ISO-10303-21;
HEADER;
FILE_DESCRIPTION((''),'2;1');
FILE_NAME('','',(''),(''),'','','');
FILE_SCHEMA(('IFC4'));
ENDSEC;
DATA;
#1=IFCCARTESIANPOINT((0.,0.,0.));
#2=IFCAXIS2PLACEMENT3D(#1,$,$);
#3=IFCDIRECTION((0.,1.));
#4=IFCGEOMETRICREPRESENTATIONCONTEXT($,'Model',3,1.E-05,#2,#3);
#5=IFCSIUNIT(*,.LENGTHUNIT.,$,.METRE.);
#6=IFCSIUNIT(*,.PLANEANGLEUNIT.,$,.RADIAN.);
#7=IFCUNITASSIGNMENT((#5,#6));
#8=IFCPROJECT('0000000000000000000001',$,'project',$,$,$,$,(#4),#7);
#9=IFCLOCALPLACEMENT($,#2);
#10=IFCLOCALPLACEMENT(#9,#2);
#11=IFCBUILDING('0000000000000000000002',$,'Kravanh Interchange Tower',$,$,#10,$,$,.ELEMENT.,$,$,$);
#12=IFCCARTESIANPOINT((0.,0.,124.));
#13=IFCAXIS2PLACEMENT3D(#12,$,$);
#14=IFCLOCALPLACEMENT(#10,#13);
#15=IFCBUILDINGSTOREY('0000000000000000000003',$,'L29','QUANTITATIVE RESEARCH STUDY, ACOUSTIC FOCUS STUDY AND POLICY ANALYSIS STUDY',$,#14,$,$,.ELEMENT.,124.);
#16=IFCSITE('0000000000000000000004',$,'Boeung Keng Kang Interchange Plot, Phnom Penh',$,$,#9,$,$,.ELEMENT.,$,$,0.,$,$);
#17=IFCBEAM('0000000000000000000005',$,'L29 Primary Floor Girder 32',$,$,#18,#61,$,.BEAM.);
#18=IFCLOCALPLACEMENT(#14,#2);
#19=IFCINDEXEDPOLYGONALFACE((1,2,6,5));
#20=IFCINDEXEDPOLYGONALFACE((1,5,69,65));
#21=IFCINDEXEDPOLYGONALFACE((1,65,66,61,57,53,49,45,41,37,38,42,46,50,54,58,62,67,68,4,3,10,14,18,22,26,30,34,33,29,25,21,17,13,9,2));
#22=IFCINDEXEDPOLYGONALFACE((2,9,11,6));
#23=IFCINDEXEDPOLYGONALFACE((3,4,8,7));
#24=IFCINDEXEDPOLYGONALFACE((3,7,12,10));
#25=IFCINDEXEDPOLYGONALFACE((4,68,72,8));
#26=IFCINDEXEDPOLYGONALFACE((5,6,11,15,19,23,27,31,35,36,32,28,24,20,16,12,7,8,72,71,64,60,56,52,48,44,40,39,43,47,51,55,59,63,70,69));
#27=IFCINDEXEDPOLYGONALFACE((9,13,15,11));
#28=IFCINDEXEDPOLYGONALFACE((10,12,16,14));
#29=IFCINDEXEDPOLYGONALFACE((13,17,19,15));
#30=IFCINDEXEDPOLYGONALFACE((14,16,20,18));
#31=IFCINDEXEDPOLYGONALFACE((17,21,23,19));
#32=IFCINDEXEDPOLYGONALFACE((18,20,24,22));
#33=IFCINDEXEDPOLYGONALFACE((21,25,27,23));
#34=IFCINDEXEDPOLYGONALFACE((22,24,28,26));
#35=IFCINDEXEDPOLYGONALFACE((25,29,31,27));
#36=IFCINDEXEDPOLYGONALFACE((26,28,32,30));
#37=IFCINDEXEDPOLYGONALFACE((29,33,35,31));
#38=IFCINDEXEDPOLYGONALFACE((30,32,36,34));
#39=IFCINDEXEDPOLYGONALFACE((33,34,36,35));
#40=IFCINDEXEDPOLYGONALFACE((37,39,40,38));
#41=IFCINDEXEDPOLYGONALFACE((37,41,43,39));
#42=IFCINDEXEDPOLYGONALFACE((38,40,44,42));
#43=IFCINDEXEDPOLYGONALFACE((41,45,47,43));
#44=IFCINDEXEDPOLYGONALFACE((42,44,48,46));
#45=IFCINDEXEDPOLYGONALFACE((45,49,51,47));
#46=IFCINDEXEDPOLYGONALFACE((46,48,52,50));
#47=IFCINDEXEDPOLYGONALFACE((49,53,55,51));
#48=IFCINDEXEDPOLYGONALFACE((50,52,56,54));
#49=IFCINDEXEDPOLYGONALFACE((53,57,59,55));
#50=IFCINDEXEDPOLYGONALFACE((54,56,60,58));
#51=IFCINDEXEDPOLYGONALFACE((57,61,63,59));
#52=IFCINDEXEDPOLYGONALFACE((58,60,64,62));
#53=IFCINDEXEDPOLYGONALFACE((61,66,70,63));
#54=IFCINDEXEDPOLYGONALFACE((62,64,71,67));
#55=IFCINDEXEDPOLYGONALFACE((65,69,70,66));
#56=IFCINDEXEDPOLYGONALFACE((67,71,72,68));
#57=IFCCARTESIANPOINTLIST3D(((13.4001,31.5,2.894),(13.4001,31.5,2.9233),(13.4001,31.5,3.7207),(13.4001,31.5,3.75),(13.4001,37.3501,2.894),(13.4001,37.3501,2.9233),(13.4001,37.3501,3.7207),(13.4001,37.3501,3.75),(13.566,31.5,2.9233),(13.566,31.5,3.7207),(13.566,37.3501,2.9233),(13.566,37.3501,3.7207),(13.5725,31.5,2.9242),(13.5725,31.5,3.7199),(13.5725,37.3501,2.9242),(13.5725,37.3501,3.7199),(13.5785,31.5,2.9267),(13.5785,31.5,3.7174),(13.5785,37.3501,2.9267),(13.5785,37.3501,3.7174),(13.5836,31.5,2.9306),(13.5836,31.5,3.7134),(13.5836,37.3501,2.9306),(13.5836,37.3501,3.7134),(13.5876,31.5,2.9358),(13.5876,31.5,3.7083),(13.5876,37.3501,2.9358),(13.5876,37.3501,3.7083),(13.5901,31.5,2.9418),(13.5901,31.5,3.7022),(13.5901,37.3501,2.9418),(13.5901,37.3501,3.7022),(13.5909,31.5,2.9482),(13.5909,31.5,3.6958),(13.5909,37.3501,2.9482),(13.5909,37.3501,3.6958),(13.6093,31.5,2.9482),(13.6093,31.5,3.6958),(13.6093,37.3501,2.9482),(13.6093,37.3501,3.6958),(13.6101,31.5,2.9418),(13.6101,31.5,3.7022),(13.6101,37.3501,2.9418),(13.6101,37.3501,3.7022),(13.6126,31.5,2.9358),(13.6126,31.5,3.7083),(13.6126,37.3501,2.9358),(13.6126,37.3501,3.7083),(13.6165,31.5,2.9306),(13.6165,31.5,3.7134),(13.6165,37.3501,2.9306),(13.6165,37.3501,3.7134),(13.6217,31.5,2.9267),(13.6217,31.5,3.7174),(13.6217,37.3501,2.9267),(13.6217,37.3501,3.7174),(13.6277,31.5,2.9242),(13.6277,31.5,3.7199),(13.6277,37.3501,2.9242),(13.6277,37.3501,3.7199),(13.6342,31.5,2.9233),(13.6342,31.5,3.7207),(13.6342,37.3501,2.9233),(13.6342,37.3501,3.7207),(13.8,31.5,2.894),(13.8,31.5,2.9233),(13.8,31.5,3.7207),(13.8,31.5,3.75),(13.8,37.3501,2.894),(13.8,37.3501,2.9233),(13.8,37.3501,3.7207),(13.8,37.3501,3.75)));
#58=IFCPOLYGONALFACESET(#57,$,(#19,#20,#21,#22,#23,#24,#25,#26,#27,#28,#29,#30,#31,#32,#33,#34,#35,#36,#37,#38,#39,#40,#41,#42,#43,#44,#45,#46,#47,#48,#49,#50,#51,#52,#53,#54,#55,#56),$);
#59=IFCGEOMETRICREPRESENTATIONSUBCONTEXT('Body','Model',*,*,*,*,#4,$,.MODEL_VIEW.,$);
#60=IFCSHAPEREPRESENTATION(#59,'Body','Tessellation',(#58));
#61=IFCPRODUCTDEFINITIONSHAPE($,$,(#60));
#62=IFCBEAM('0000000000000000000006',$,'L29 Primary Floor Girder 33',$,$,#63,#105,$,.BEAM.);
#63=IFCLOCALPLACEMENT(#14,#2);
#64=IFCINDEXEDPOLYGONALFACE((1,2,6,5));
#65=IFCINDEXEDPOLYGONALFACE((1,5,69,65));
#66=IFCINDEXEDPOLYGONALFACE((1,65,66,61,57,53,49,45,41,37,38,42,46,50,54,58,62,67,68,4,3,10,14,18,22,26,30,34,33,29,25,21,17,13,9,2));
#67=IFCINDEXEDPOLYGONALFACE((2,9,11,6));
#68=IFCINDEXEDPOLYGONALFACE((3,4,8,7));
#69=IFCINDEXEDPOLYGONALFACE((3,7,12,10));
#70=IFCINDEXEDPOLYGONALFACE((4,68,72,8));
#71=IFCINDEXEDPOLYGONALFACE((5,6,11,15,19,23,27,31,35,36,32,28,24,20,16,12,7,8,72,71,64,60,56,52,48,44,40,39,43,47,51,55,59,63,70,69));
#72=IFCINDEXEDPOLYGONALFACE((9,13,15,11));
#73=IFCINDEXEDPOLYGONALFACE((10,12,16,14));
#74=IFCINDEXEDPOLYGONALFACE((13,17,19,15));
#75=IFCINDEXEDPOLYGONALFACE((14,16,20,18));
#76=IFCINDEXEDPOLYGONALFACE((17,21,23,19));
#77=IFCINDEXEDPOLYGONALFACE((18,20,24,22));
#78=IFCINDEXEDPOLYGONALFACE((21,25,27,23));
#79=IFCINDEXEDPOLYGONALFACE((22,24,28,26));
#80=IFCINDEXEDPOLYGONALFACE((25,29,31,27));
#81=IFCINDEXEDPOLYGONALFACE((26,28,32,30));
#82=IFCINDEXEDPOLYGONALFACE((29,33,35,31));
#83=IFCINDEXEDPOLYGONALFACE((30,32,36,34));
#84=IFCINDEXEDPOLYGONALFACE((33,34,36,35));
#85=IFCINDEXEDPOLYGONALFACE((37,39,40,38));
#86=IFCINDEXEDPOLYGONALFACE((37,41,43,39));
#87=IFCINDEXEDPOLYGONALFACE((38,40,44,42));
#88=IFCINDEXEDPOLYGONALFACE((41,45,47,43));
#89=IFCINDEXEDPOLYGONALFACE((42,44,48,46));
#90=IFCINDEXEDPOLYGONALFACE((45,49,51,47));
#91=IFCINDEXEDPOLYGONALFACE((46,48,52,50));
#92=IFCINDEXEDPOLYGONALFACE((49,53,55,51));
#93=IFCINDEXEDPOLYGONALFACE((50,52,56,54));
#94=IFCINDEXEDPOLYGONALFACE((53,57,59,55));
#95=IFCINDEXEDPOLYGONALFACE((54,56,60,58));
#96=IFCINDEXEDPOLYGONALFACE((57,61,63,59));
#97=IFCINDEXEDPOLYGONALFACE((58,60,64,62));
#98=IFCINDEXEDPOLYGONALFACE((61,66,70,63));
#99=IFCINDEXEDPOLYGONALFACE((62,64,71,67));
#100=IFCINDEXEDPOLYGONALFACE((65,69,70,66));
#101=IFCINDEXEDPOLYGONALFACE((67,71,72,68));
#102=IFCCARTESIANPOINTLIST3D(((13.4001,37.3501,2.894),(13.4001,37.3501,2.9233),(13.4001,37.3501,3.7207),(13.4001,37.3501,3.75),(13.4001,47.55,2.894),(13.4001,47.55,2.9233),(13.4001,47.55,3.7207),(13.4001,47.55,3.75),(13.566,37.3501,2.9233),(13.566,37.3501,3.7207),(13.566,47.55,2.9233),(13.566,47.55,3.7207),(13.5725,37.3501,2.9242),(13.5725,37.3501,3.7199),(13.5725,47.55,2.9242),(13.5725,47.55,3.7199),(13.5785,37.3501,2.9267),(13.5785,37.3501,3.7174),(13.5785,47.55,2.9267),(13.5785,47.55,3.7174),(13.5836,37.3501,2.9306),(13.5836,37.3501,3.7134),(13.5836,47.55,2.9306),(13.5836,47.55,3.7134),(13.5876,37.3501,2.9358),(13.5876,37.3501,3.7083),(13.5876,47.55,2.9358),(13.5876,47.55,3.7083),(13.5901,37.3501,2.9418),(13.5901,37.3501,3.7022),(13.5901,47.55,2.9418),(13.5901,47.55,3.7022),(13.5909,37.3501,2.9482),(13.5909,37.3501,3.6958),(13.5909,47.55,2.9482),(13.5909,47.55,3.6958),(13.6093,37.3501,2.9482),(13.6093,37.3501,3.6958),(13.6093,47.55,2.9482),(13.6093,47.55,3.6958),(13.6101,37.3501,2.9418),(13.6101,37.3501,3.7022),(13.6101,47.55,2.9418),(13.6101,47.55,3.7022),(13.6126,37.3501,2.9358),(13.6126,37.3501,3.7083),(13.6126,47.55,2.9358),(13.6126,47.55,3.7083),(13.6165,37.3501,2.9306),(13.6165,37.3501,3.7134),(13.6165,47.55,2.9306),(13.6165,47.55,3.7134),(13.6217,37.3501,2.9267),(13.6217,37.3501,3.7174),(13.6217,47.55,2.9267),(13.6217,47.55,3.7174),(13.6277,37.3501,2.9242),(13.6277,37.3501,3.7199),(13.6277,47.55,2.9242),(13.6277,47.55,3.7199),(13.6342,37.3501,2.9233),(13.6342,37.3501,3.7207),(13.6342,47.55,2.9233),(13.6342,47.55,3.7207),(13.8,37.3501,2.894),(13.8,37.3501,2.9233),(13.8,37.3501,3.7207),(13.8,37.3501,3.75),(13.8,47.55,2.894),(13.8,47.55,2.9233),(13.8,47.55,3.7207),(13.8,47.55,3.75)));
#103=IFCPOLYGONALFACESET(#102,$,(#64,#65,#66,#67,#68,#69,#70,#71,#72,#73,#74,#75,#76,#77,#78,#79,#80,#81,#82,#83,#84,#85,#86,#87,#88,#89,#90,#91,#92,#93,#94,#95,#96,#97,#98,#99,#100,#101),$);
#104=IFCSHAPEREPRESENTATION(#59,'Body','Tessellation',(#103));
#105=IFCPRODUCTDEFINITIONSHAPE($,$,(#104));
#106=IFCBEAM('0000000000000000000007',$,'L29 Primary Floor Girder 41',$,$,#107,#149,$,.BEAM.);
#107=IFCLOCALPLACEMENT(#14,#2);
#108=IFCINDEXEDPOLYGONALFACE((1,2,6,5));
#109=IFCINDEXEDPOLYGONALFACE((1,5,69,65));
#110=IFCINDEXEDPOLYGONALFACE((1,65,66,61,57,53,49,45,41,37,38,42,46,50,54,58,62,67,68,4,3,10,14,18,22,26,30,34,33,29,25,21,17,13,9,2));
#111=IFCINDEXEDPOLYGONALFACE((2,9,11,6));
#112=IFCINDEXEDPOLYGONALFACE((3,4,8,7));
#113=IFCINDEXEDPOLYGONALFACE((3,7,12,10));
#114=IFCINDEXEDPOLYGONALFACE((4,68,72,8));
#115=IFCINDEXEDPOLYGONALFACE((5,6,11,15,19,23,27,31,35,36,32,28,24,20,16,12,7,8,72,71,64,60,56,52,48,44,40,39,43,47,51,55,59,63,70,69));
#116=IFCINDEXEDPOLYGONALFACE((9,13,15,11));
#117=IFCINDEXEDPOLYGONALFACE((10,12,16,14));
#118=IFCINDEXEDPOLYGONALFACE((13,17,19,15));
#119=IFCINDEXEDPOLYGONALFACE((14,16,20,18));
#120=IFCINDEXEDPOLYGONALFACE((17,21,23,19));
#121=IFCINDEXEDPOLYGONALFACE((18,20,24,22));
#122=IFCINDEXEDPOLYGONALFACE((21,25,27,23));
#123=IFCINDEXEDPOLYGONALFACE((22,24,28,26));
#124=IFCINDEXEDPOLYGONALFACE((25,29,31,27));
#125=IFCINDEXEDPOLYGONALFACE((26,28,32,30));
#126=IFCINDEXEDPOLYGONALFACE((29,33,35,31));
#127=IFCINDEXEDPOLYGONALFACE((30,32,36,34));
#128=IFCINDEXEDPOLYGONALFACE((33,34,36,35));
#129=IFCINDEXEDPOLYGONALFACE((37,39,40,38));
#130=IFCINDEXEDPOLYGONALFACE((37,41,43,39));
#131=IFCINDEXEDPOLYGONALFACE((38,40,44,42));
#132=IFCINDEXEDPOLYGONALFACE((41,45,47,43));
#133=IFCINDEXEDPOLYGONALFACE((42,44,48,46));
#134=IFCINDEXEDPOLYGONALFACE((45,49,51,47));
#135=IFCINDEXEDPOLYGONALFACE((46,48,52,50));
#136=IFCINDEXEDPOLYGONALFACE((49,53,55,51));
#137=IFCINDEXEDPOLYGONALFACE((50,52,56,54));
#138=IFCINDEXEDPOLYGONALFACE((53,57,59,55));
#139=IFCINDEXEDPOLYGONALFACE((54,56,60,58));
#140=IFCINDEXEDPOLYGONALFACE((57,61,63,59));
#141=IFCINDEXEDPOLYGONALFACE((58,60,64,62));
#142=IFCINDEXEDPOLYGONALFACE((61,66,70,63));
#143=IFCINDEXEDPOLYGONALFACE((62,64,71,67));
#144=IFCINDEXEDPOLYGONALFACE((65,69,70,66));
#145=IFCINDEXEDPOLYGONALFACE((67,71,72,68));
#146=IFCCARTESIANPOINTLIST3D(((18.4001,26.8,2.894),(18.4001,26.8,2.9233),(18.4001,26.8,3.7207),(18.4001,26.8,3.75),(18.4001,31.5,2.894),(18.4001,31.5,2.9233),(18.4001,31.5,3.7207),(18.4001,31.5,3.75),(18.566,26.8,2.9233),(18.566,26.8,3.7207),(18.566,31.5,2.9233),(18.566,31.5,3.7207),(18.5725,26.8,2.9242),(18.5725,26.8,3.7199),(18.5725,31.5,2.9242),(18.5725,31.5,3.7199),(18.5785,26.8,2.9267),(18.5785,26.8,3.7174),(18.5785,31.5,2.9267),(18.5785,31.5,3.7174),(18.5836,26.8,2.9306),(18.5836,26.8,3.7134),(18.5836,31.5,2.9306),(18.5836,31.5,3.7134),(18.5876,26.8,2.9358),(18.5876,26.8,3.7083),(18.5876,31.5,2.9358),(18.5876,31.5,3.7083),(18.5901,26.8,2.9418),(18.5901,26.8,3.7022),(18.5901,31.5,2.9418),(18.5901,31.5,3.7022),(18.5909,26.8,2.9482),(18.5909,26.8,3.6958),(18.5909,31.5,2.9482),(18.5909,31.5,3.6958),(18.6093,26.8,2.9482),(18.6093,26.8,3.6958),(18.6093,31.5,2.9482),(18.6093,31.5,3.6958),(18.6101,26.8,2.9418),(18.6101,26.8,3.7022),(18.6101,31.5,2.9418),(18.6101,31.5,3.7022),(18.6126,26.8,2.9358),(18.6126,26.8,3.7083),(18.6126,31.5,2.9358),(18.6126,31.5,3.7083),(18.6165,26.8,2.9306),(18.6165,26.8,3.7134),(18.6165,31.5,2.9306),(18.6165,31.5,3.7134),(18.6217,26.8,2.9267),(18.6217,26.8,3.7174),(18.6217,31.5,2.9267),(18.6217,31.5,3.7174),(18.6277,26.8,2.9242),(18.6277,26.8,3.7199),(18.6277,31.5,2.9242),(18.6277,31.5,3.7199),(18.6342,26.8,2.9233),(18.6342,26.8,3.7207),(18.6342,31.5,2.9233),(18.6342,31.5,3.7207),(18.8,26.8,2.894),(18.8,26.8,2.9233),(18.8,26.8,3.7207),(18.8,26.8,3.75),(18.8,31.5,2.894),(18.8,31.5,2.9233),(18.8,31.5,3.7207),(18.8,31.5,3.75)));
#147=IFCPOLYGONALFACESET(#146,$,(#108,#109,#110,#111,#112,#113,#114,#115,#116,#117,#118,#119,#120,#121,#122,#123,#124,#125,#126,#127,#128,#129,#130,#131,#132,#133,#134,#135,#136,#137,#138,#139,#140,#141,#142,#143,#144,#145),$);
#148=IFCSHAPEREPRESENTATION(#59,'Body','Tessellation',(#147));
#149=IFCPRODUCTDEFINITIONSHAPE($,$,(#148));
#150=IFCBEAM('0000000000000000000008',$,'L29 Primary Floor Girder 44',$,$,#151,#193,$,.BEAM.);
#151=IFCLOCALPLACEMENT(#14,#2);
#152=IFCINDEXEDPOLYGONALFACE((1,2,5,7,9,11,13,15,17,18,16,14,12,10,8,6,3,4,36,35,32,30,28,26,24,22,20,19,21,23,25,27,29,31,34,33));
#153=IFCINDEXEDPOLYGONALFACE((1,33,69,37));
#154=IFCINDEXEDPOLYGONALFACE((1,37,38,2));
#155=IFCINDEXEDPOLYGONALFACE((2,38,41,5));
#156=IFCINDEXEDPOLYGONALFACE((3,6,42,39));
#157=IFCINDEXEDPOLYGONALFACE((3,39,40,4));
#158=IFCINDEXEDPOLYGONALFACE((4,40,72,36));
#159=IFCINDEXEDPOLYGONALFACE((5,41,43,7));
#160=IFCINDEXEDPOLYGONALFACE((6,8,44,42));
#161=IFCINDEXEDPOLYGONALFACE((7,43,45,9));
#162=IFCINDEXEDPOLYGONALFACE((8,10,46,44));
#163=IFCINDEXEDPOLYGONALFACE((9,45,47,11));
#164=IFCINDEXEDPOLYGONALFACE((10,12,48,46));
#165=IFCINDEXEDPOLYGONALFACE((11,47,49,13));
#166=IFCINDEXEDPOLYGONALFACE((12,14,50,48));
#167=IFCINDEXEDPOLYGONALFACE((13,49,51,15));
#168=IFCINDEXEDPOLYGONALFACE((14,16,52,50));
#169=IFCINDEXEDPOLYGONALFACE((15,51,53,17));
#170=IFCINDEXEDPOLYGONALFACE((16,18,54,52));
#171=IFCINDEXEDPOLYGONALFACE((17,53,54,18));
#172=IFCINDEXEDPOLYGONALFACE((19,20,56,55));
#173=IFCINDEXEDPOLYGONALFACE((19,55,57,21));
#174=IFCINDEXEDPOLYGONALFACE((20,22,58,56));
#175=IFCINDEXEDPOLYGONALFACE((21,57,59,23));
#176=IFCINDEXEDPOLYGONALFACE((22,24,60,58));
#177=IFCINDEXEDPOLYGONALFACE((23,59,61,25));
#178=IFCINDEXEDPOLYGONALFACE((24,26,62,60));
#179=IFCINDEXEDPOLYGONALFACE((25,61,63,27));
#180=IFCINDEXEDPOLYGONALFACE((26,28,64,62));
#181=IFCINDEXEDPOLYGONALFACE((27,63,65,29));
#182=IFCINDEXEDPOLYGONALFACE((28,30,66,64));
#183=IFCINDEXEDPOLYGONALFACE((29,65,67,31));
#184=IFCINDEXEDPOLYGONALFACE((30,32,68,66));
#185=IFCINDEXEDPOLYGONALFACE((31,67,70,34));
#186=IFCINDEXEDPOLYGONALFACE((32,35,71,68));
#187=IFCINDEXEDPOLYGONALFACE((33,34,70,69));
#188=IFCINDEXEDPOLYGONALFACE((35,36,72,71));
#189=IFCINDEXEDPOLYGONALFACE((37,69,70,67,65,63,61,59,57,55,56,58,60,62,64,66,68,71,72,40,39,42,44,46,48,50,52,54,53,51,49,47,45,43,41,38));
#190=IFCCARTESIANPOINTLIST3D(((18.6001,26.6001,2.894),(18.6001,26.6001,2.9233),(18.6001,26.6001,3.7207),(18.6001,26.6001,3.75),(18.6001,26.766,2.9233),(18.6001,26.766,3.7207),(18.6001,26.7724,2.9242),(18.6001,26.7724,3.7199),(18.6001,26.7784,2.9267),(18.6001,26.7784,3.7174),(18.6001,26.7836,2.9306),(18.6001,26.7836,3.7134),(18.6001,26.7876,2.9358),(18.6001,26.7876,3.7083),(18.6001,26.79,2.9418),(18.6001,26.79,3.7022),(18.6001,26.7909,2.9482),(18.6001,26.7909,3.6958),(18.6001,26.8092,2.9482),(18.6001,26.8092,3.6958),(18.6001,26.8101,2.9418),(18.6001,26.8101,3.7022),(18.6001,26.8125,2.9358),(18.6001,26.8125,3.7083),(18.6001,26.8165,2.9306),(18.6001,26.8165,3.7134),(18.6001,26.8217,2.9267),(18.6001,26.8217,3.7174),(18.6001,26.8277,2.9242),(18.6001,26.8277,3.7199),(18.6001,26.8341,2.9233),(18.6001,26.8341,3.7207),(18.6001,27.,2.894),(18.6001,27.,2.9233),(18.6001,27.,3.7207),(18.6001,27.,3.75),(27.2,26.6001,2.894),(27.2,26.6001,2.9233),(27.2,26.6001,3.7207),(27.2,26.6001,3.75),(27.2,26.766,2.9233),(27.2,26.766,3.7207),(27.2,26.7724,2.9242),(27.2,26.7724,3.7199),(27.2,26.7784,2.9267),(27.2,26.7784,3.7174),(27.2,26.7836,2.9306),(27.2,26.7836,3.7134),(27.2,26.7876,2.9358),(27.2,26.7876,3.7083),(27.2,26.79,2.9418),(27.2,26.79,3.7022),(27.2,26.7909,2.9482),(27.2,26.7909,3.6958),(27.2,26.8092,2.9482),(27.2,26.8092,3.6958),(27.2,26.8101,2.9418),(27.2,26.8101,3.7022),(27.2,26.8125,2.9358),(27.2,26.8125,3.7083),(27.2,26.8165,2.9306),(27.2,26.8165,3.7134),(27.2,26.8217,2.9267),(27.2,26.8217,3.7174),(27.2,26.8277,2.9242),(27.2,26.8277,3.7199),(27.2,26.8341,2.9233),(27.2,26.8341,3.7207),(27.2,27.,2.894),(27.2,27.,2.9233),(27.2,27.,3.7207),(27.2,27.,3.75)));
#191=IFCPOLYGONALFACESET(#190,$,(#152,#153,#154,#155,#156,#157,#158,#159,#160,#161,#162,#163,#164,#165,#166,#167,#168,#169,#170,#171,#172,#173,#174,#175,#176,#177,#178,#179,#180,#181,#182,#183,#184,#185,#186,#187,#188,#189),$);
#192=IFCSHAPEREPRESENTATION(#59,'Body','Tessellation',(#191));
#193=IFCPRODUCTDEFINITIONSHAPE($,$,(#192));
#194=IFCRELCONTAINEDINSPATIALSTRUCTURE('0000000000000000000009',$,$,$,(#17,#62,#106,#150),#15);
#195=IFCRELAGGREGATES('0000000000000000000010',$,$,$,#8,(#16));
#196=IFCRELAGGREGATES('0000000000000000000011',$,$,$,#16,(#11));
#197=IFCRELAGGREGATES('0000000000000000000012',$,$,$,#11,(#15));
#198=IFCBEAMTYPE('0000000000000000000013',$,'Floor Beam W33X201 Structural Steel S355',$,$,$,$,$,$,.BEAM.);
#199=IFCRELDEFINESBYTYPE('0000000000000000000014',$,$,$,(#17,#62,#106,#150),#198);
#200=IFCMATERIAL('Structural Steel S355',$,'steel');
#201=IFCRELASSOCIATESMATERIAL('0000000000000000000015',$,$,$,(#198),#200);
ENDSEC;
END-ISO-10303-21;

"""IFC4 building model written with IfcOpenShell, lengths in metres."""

from ifc_helpers import new_model, si_unit, direction, frame, origin, origin_2d, place, context, subcontext, project, spatial, i_section, extrude, material, material_profile, profile_set, type_object, element, save


model = new_model("IFC4")

# Units and contexts
model_context = context("Model", 3, precision=1e-05, world=origin(), true_north=direction((0.0, 1.0)))
body_context = subcontext(model_context, "Body", "Model", "MODEL_VIEW")
ifc_project = project(units=[si_unit("LENGTHUNIT", "METRE"), si_unit("PLANEANGLEUNIT", "RADIAN")], contexts=[model_context])

# Site, building, storey
site_placement = place(None, origin())
site = spatial("IfcSite", under=ifc_project, at=site_placement, Name="Boeung Keng Kang Interchange Plot, Phnom Penh", CompositionType="ELEMENT", RefElevation=0.0)
building_placement = place(site_placement, origin())
building = spatial("IfcBuilding", under=site, at=building_placement, Name="Kravanh Interchange Tower", CompositionType="ELEMENT")
storey_placement = place(building_placement, frame((0.0, 0.0, 124.0)))
storey = spatial("IfcBuildingStorey", under=building, at=storey_placement, Name="L29", Description="QUANTITATIVE RESEARCH STUDY, ACOUSTIC FOCUS STUDY AND POLICY ANALYSIS STUDY", CompositionType="ELEMENT", Elevation=124.0)

# Beams
ifc_material_1 = material(Name="Structural Steel S355", Category="steel")
ifc_material_profile_1 = material_profile(ifc_material_1, i_section(OverallWidth=0.3999, OverallDepth=0.856, WebThickness=0.0183, FlangeThickness=0.0293, FilletRadius=0.0249, at=origin_2d()), Name="W33X201")
ifc_profile_set_1 = profile_set([ifc_material_profile_1], Name="Structural Steel S355")
beam_type_1 = type_object("IfcBeamType", Name="Floor Beam W33X201 Structural Steel S355", PredefinedType="BEAM", material=ifc_profile_set_1)
beam_1_placement = place(storey_placement, frame((13.6001, 37.3501, 3.322), z_axis=(0.0, -1.0, 0.0), x_axis=(1.0, 0.0, 0.0)))
element("IfcBeam", 1, at=beam_1_placement, inside=storey, type_object=beam_type_1, Name="L29 Primary Floor Girder 32", PredefinedType="BEAM", context=body_context, shape_type="SweptSolid", body=[
    extrude(i_section(OverallWidth=0.3999, OverallDepth=0.856, WebThickness=0.0183, FlangeThickness=0.0293, FilletRadius=0.0249, at=origin_2d()), origin(), (0.0, 0.0, 1.0), 5.8501),
])
beam_2_placement = place(storey_placement, frame((13.6001, 37.3501, 3.322), z_axis=(0.0, 1.0, 0.0), x_axis=(-1.0, 0.0, 0.0)))
element("IfcBeam", 2, at=beam_2_placement, inside=storey, type_object=beam_type_1, Name="L29 Primary Floor Girder 33", PredefinedType="BEAM", context=body_context, shape_type="SweptSolid", body=[
    extrude(i_section(OverallWidth=0.3999, OverallDepth=0.856, WebThickness=0.0183, FlangeThickness=0.0293, FilletRadius=0.0249, at=origin_2d()), origin(), (0.0, 0.0, 1.0), 10.2),
])
beam_3_placement = place(storey_placement, frame((18.6001, 26.8, 3.322), z_axis=(0.0, 1.0, 0.0), x_axis=(-1.0, 0.0, 0.0)))
element("IfcBeam", 3, at=beam_3_placement, inside=storey, type_object=beam_type_1, Name="L29 Primary Floor Girder 41", PredefinedType="BEAM", context=body_context, shape_type="SweptSolid", body=[
    extrude(i_section(OverallWidth=0.3999, OverallDepth=0.856, WebThickness=0.0183, FlangeThickness=0.0293, FilletRadius=0.0249, at=origin_2d()), origin(), (0.0, 0.0, 1.0), 4.7),
])
beam_4_placement = place(storey_placement, frame((18.6001, 26.8, 3.322), z_axis=(1.0, 0.0, 0.0), x_axis=(0.0, 1.0, 0.0)))
element("IfcBeam", 4, at=beam_4_placement, inside=storey, type_object=beam_type_1, Name="L29 Primary Floor Girder 44", PredefinedType="BEAM", context=body_context, shape_type="SweptSolid", body=[
    extrude(i_section(OverallWidth=0.3999, OverallDepth=0.856, WebThickness=0.0183, FlangeThickness=0.0293, FilletRadius=0.0249, at=origin_2d()), origin(), (0.0, 0.0, 1.0), 8.5999),
])

save(model, "model.ifc")
